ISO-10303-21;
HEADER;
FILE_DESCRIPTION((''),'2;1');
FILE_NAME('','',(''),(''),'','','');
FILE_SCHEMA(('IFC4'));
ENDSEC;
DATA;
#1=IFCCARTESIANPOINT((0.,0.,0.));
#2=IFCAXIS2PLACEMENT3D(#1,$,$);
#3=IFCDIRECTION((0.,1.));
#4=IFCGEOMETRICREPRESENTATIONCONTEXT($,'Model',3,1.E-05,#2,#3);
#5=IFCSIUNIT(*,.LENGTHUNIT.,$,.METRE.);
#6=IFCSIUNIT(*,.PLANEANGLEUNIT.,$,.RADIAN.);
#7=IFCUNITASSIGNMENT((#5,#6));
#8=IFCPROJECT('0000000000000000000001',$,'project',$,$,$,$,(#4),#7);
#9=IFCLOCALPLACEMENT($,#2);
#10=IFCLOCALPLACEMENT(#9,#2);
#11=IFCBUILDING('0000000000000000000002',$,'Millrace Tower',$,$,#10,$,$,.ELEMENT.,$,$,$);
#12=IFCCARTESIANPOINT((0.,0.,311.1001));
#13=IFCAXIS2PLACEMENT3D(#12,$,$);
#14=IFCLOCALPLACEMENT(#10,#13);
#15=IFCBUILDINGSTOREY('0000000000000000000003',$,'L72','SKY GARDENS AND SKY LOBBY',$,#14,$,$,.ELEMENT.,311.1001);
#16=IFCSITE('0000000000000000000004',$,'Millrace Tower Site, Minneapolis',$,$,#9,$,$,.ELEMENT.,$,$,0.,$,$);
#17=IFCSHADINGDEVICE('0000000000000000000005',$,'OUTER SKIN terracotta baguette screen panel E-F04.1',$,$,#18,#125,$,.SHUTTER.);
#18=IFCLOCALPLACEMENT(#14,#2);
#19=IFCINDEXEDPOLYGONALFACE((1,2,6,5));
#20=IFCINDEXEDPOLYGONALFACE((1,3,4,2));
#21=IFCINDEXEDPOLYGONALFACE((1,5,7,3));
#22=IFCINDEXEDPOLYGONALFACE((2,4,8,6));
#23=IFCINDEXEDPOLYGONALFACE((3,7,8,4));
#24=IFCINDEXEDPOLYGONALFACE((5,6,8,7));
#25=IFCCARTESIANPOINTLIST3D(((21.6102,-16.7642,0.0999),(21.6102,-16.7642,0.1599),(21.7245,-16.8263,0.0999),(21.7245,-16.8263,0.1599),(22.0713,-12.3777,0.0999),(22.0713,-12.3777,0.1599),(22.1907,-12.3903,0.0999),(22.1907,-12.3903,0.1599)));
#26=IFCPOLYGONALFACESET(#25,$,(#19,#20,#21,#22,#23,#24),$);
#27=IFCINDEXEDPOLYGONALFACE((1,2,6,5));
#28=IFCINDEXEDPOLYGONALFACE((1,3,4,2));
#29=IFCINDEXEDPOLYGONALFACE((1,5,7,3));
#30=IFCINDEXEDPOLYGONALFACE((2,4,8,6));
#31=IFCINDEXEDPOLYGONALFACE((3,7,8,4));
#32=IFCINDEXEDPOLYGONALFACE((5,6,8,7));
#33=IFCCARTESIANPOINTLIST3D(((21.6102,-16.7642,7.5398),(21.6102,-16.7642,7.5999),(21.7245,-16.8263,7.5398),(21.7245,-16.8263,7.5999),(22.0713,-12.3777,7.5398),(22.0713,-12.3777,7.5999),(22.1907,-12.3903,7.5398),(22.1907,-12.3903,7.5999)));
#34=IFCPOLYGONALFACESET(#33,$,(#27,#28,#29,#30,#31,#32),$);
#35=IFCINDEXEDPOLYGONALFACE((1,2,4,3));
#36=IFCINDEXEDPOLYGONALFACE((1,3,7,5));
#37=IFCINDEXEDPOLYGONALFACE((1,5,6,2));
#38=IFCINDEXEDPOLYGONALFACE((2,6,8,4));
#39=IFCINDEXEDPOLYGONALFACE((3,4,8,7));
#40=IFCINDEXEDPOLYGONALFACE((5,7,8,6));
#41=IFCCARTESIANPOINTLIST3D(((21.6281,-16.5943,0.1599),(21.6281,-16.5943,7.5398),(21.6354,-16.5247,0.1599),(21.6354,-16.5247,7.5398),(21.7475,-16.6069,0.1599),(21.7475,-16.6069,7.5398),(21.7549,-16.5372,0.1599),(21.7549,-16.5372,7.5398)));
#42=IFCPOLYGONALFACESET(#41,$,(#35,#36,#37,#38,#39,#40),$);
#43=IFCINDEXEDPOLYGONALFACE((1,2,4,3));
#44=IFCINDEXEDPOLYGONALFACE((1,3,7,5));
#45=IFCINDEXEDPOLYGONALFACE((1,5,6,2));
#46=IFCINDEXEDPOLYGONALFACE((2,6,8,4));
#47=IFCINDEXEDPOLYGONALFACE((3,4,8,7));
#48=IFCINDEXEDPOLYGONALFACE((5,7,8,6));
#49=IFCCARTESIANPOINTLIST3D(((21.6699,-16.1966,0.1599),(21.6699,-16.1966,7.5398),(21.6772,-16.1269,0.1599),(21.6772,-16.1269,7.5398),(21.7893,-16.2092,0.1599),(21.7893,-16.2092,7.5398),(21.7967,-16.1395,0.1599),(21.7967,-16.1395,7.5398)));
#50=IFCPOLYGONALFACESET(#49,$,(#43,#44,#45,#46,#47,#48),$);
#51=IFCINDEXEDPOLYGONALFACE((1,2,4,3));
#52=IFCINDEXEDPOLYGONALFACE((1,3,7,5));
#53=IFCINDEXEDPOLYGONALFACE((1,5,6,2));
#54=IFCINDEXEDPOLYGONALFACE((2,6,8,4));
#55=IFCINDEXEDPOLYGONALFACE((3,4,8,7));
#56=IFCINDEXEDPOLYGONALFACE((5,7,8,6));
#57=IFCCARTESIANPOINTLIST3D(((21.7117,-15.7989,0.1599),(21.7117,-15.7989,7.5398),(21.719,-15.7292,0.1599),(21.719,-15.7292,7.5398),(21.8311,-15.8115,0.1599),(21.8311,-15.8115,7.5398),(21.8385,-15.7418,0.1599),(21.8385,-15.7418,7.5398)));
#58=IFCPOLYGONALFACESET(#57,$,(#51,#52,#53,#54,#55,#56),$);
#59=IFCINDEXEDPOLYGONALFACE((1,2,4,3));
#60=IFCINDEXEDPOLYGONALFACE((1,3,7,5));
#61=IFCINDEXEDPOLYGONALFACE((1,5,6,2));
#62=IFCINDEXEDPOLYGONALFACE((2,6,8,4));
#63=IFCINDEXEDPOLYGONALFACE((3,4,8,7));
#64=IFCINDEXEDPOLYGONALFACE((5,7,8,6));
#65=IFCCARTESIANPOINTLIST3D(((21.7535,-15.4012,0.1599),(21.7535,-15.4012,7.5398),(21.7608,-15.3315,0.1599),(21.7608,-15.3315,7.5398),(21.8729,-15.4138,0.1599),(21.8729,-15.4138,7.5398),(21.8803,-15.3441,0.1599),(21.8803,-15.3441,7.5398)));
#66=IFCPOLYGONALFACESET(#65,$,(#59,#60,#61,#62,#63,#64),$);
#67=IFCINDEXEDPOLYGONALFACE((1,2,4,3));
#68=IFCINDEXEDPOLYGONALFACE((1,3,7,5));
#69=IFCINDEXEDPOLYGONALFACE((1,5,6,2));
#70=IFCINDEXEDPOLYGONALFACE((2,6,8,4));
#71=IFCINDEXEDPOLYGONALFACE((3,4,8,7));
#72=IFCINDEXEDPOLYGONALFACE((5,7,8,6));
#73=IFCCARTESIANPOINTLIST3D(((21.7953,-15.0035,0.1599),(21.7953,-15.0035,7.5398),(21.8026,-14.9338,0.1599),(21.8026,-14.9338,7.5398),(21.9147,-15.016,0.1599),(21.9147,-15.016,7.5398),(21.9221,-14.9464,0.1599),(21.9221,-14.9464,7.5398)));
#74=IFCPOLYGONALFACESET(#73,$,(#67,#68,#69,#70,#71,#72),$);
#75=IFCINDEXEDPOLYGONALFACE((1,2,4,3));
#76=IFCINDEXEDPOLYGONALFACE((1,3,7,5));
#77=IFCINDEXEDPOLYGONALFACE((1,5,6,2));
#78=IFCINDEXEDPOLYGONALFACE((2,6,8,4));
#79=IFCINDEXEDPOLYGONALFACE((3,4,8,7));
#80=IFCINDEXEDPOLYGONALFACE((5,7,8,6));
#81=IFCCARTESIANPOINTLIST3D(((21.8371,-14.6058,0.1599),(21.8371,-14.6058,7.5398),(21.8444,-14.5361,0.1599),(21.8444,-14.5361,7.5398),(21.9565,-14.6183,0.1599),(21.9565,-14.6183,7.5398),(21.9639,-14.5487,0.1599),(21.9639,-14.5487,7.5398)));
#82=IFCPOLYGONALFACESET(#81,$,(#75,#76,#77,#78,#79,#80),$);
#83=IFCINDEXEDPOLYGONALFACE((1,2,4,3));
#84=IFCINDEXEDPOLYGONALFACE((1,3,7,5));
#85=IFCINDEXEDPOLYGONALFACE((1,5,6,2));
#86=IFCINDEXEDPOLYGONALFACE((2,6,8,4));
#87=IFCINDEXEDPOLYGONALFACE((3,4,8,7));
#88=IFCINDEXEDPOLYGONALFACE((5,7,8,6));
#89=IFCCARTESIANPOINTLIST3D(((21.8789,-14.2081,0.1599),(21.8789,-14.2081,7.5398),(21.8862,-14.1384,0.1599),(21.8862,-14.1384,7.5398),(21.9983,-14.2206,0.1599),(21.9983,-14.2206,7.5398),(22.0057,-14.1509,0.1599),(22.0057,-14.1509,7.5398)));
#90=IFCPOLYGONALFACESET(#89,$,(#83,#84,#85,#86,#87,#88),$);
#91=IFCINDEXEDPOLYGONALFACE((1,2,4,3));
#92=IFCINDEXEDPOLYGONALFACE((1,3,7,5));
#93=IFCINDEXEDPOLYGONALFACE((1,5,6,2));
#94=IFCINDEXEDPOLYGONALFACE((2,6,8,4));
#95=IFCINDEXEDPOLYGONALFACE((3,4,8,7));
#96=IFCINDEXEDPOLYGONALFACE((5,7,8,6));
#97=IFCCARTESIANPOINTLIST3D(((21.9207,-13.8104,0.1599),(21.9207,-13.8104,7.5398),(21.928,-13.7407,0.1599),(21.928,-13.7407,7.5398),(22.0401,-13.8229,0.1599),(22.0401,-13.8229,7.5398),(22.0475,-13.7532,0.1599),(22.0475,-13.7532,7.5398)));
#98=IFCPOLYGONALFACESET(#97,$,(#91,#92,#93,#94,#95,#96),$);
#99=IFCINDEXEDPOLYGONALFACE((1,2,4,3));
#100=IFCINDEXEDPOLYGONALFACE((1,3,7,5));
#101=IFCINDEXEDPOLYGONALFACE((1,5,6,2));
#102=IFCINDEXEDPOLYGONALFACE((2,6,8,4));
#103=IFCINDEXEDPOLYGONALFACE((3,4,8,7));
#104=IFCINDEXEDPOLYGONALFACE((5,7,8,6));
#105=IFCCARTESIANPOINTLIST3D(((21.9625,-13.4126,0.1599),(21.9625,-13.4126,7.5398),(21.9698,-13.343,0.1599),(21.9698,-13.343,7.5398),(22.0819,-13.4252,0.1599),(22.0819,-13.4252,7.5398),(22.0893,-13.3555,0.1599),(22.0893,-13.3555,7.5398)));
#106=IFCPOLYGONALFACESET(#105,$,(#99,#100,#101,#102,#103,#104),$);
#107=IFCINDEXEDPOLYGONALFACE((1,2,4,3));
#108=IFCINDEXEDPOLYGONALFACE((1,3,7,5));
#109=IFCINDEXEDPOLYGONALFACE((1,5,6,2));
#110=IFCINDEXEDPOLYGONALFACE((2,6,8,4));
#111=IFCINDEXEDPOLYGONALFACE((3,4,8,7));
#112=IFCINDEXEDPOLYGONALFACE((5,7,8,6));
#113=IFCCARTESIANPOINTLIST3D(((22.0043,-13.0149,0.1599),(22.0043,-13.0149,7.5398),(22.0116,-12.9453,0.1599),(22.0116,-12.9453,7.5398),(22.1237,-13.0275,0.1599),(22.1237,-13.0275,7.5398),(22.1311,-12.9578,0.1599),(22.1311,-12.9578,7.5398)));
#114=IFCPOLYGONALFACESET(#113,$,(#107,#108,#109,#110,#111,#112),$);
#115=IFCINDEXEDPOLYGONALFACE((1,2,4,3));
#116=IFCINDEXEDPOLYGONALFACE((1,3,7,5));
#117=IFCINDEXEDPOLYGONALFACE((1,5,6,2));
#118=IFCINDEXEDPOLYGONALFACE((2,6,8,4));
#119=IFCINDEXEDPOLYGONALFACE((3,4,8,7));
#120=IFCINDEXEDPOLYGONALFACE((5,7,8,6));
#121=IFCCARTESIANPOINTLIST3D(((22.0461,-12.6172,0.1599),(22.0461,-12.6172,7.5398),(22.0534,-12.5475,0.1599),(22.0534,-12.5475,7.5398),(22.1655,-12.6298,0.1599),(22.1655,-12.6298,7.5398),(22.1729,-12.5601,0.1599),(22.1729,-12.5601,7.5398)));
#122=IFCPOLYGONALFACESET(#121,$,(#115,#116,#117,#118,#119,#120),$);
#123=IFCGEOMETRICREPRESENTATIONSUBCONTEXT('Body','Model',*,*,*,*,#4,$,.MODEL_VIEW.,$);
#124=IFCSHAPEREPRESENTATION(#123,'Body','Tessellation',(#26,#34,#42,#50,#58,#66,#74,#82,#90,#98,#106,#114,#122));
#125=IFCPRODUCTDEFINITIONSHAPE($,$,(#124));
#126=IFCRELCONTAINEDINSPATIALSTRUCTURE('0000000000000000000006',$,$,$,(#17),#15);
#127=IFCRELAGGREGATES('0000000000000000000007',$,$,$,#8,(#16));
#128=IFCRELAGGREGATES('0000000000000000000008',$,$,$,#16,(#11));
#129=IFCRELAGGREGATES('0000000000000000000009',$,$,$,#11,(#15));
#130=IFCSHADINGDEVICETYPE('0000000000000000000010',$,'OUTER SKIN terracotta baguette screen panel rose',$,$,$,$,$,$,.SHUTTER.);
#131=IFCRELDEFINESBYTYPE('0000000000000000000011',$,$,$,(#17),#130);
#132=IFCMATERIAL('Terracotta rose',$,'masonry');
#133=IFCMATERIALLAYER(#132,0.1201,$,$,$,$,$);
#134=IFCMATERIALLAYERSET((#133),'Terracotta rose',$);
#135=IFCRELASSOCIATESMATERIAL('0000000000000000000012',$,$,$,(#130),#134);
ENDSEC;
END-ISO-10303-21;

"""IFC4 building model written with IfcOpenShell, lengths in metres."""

from ifc_helpers import new_model, entity, si_unit, direction, frame, frame_2d, origin, place, context, subcontext, project, spatial, rectangle, extrude, source, transform, mapped, material, layer, layer_set, type_object, element, save


model = new_model("IFC4")

# Units and contexts
model_context = context("Model", 3, precision=1e-05, world=origin(), true_north=direction((0.0, 1.0)))
body_context = subcontext(model_context, "Body", "Model", "MODEL_VIEW")
ifc_project = project(units=[si_unit("LENGTHUNIT", "METRE"), si_unit("PLANEANGLEUNIT", "RADIAN")], contexts=[model_context])

# Site, building, storey
site_placement = place(None, origin())
site = spatial("IfcSite", under=ifc_project, at=site_placement, Name="Millrace Tower Site, Minneapolis", CompositionType="ELEMENT", RefElevation=0.0)
building_placement = place(site_placement, origin())
building = spatial("IfcBuilding", under=site, at=building_placement, Name="Millrace Tower", CompositionType="ELEMENT")
storey_placement = place(building_placement, frame((0.0, 0.0, 311.1001)))
storey = spatial("IfcBuildingStorey", under=building, at=storey_placement, Name="L72", Description="SKY GARDENS AND SKY LOBBY", CompositionType="ELEMENT", Elevation=311.1001)

# Shading device
ifc_material_1 = material(Name="Terracotta rose", Category="masonry")
ifc_layer_1 = layer(ifc_material_1, 0.1201)
ifc_layer_set_1 = layer_set([ifc_layer_1], Name="Terracotta rose")
shading_device_type = type_object("IfcShadingDeviceType", Name="OUTER SKIN terracotta baguette screen panel rose", PredefinedType="SHUTTER", material=ifc_layer_set_1)
cartesian_point_1 = entity("IfcCartesianPoint", [-2.1929, 0.0601])
shared_polyline_1 = entity("IfcPolyline", [cartesian_point_1, entity("IfcCartesianPoint", [2.2178, 0.0601]), entity("IfcCartesianPoint", [2.2178, -0.0601]), entity("IfcCartesianPoint", [-2.2427, -0.0601]), cartesian_point_1])
shared_shape_1 = source(origin(), body_context, "Body", "SweptSolid", [
    entity("IfcExtrudedAreaSolid", entity("IfcArbitraryClosedProfileDef", "AREA", None, shared_polyline_1), entity("IfcAxis2Placement3D", entity("IfcCartesianPoint", [0.0, 0.0, 0.0])), entity("IfcDirection", [0.0, 0.0, 1.0]), 0.0601),
    entity("IfcExtrudedAreaSolid", entity("IfcArbitraryClosedProfileDef", "AREA", None, shared_polyline_1), entity("IfcAxis2Placement3D", entity("IfcCartesianPoint", [0.0, 0.0, 7.4399])), entity("IfcDirection", [0.0, 0.0, 1.0]), 0.0601),
    extrude(rectangle(XDim=0.0701, YDim=0.1201, at=frame_2d((-1.9871, 0.0))), frame((0.0, 0.0, 0.0601)), (0.0, 0.0, 1.0), 7.3799),
    extrude(rectangle(XDim=0.0701, YDim=0.1201, at=frame_2d((-1.5872, 0.0))), frame((0.0, 0.0, 0.0601)), (0.0, 0.0, 1.0), 7.3799),
    extrude(rectangle(XDim=0.0701, YDim=0.1201, at=frame_2d((-1.1873, 0.0))), frame((0.0, 0.0, 0.0601)), (0.0, 0.0, 1.0), 7.3799),
    extrude(rectangle(XDim=0.0701, YDim=0.1201, at=frame_2d((-0.7874, 0.0))), frame((0.0, 0.0, 0.0601)), (0.0, 0.0, 1.0), 7.3799),
    extrude(rectangle(XDim=0.0701, YDim=0.1201, at=frame_2d((-0.3875, 0.0))), frame((0.0, 0.0, 0.0601)), (0.0, 0.0, 1.0), 7.3799),
    extrude(rectangle(XDim=0.0701, YDim=0.1201, at=frame_2d((0.0125, 0.0))), frame((0.0, 0.0, 0.0601)), (0.0, 0.0, 1.0), 7.3799),
    extrude(rectangle(XDim=0.0701, YDim=0.1201, at=frame_2d((0.4124, 0.0))), frame((0.0, 0.0, 0.0601)), (0.0, 0.0, 1.0), 7.3799),
    extrude(rectangle(XDim=0.0701, YDim=0.1201, at=frame_2d((0.8123, 0.0))), frame((0.0, 0.0, 0.0601)), (0.0, 0.0, 1.0), 7.3799),
    extrude(rectangle(XDim=0.0701, YDim=0.1201, at=frame_2d((1.2122, 0.0))), frame((0.0, 0.0, 0.0601)), (0.0, 0.0, 1.0), 7.3799),
    extrude(rectangle(XDim=0.0701, YDim=0.1201, at=frame_2d((1.6121, 0.0))), frame((0.0, 0.0, 0.0601)), (0.0, 0.0, 1.0), 7.3799),
    extrude(rectangle(XDim=0.0701, YDim=0.1201, at=frame_2d((2.012, 0.0))), frame((0.0, 0.0, 0.0601)), (0.0, 0.0, 1.0), 7.3799),
])
shading_device_1_placement = place(storey_placement, frame((21.8992, -14.5896, 0.0999), z_axis=(0.0, 0.0, 1.0), x_axis=(0.104528, 0.994522, 0.0)))
element("IfcShadingDevice", 1, at=shading_device_1_placement, inside=storey, type_object=shading_device_type, Name="OUTER SKIN terracotta baguette screen panel E-F04.1", PredefinedType="SHUTTER", context=body_context, shape_type="MappedRepresentation", body=[
    mapped(shared_shape_1, transform((0.0, 0.0, 0.0), scale=1.0)),
])

save(model, "model.ifc")
